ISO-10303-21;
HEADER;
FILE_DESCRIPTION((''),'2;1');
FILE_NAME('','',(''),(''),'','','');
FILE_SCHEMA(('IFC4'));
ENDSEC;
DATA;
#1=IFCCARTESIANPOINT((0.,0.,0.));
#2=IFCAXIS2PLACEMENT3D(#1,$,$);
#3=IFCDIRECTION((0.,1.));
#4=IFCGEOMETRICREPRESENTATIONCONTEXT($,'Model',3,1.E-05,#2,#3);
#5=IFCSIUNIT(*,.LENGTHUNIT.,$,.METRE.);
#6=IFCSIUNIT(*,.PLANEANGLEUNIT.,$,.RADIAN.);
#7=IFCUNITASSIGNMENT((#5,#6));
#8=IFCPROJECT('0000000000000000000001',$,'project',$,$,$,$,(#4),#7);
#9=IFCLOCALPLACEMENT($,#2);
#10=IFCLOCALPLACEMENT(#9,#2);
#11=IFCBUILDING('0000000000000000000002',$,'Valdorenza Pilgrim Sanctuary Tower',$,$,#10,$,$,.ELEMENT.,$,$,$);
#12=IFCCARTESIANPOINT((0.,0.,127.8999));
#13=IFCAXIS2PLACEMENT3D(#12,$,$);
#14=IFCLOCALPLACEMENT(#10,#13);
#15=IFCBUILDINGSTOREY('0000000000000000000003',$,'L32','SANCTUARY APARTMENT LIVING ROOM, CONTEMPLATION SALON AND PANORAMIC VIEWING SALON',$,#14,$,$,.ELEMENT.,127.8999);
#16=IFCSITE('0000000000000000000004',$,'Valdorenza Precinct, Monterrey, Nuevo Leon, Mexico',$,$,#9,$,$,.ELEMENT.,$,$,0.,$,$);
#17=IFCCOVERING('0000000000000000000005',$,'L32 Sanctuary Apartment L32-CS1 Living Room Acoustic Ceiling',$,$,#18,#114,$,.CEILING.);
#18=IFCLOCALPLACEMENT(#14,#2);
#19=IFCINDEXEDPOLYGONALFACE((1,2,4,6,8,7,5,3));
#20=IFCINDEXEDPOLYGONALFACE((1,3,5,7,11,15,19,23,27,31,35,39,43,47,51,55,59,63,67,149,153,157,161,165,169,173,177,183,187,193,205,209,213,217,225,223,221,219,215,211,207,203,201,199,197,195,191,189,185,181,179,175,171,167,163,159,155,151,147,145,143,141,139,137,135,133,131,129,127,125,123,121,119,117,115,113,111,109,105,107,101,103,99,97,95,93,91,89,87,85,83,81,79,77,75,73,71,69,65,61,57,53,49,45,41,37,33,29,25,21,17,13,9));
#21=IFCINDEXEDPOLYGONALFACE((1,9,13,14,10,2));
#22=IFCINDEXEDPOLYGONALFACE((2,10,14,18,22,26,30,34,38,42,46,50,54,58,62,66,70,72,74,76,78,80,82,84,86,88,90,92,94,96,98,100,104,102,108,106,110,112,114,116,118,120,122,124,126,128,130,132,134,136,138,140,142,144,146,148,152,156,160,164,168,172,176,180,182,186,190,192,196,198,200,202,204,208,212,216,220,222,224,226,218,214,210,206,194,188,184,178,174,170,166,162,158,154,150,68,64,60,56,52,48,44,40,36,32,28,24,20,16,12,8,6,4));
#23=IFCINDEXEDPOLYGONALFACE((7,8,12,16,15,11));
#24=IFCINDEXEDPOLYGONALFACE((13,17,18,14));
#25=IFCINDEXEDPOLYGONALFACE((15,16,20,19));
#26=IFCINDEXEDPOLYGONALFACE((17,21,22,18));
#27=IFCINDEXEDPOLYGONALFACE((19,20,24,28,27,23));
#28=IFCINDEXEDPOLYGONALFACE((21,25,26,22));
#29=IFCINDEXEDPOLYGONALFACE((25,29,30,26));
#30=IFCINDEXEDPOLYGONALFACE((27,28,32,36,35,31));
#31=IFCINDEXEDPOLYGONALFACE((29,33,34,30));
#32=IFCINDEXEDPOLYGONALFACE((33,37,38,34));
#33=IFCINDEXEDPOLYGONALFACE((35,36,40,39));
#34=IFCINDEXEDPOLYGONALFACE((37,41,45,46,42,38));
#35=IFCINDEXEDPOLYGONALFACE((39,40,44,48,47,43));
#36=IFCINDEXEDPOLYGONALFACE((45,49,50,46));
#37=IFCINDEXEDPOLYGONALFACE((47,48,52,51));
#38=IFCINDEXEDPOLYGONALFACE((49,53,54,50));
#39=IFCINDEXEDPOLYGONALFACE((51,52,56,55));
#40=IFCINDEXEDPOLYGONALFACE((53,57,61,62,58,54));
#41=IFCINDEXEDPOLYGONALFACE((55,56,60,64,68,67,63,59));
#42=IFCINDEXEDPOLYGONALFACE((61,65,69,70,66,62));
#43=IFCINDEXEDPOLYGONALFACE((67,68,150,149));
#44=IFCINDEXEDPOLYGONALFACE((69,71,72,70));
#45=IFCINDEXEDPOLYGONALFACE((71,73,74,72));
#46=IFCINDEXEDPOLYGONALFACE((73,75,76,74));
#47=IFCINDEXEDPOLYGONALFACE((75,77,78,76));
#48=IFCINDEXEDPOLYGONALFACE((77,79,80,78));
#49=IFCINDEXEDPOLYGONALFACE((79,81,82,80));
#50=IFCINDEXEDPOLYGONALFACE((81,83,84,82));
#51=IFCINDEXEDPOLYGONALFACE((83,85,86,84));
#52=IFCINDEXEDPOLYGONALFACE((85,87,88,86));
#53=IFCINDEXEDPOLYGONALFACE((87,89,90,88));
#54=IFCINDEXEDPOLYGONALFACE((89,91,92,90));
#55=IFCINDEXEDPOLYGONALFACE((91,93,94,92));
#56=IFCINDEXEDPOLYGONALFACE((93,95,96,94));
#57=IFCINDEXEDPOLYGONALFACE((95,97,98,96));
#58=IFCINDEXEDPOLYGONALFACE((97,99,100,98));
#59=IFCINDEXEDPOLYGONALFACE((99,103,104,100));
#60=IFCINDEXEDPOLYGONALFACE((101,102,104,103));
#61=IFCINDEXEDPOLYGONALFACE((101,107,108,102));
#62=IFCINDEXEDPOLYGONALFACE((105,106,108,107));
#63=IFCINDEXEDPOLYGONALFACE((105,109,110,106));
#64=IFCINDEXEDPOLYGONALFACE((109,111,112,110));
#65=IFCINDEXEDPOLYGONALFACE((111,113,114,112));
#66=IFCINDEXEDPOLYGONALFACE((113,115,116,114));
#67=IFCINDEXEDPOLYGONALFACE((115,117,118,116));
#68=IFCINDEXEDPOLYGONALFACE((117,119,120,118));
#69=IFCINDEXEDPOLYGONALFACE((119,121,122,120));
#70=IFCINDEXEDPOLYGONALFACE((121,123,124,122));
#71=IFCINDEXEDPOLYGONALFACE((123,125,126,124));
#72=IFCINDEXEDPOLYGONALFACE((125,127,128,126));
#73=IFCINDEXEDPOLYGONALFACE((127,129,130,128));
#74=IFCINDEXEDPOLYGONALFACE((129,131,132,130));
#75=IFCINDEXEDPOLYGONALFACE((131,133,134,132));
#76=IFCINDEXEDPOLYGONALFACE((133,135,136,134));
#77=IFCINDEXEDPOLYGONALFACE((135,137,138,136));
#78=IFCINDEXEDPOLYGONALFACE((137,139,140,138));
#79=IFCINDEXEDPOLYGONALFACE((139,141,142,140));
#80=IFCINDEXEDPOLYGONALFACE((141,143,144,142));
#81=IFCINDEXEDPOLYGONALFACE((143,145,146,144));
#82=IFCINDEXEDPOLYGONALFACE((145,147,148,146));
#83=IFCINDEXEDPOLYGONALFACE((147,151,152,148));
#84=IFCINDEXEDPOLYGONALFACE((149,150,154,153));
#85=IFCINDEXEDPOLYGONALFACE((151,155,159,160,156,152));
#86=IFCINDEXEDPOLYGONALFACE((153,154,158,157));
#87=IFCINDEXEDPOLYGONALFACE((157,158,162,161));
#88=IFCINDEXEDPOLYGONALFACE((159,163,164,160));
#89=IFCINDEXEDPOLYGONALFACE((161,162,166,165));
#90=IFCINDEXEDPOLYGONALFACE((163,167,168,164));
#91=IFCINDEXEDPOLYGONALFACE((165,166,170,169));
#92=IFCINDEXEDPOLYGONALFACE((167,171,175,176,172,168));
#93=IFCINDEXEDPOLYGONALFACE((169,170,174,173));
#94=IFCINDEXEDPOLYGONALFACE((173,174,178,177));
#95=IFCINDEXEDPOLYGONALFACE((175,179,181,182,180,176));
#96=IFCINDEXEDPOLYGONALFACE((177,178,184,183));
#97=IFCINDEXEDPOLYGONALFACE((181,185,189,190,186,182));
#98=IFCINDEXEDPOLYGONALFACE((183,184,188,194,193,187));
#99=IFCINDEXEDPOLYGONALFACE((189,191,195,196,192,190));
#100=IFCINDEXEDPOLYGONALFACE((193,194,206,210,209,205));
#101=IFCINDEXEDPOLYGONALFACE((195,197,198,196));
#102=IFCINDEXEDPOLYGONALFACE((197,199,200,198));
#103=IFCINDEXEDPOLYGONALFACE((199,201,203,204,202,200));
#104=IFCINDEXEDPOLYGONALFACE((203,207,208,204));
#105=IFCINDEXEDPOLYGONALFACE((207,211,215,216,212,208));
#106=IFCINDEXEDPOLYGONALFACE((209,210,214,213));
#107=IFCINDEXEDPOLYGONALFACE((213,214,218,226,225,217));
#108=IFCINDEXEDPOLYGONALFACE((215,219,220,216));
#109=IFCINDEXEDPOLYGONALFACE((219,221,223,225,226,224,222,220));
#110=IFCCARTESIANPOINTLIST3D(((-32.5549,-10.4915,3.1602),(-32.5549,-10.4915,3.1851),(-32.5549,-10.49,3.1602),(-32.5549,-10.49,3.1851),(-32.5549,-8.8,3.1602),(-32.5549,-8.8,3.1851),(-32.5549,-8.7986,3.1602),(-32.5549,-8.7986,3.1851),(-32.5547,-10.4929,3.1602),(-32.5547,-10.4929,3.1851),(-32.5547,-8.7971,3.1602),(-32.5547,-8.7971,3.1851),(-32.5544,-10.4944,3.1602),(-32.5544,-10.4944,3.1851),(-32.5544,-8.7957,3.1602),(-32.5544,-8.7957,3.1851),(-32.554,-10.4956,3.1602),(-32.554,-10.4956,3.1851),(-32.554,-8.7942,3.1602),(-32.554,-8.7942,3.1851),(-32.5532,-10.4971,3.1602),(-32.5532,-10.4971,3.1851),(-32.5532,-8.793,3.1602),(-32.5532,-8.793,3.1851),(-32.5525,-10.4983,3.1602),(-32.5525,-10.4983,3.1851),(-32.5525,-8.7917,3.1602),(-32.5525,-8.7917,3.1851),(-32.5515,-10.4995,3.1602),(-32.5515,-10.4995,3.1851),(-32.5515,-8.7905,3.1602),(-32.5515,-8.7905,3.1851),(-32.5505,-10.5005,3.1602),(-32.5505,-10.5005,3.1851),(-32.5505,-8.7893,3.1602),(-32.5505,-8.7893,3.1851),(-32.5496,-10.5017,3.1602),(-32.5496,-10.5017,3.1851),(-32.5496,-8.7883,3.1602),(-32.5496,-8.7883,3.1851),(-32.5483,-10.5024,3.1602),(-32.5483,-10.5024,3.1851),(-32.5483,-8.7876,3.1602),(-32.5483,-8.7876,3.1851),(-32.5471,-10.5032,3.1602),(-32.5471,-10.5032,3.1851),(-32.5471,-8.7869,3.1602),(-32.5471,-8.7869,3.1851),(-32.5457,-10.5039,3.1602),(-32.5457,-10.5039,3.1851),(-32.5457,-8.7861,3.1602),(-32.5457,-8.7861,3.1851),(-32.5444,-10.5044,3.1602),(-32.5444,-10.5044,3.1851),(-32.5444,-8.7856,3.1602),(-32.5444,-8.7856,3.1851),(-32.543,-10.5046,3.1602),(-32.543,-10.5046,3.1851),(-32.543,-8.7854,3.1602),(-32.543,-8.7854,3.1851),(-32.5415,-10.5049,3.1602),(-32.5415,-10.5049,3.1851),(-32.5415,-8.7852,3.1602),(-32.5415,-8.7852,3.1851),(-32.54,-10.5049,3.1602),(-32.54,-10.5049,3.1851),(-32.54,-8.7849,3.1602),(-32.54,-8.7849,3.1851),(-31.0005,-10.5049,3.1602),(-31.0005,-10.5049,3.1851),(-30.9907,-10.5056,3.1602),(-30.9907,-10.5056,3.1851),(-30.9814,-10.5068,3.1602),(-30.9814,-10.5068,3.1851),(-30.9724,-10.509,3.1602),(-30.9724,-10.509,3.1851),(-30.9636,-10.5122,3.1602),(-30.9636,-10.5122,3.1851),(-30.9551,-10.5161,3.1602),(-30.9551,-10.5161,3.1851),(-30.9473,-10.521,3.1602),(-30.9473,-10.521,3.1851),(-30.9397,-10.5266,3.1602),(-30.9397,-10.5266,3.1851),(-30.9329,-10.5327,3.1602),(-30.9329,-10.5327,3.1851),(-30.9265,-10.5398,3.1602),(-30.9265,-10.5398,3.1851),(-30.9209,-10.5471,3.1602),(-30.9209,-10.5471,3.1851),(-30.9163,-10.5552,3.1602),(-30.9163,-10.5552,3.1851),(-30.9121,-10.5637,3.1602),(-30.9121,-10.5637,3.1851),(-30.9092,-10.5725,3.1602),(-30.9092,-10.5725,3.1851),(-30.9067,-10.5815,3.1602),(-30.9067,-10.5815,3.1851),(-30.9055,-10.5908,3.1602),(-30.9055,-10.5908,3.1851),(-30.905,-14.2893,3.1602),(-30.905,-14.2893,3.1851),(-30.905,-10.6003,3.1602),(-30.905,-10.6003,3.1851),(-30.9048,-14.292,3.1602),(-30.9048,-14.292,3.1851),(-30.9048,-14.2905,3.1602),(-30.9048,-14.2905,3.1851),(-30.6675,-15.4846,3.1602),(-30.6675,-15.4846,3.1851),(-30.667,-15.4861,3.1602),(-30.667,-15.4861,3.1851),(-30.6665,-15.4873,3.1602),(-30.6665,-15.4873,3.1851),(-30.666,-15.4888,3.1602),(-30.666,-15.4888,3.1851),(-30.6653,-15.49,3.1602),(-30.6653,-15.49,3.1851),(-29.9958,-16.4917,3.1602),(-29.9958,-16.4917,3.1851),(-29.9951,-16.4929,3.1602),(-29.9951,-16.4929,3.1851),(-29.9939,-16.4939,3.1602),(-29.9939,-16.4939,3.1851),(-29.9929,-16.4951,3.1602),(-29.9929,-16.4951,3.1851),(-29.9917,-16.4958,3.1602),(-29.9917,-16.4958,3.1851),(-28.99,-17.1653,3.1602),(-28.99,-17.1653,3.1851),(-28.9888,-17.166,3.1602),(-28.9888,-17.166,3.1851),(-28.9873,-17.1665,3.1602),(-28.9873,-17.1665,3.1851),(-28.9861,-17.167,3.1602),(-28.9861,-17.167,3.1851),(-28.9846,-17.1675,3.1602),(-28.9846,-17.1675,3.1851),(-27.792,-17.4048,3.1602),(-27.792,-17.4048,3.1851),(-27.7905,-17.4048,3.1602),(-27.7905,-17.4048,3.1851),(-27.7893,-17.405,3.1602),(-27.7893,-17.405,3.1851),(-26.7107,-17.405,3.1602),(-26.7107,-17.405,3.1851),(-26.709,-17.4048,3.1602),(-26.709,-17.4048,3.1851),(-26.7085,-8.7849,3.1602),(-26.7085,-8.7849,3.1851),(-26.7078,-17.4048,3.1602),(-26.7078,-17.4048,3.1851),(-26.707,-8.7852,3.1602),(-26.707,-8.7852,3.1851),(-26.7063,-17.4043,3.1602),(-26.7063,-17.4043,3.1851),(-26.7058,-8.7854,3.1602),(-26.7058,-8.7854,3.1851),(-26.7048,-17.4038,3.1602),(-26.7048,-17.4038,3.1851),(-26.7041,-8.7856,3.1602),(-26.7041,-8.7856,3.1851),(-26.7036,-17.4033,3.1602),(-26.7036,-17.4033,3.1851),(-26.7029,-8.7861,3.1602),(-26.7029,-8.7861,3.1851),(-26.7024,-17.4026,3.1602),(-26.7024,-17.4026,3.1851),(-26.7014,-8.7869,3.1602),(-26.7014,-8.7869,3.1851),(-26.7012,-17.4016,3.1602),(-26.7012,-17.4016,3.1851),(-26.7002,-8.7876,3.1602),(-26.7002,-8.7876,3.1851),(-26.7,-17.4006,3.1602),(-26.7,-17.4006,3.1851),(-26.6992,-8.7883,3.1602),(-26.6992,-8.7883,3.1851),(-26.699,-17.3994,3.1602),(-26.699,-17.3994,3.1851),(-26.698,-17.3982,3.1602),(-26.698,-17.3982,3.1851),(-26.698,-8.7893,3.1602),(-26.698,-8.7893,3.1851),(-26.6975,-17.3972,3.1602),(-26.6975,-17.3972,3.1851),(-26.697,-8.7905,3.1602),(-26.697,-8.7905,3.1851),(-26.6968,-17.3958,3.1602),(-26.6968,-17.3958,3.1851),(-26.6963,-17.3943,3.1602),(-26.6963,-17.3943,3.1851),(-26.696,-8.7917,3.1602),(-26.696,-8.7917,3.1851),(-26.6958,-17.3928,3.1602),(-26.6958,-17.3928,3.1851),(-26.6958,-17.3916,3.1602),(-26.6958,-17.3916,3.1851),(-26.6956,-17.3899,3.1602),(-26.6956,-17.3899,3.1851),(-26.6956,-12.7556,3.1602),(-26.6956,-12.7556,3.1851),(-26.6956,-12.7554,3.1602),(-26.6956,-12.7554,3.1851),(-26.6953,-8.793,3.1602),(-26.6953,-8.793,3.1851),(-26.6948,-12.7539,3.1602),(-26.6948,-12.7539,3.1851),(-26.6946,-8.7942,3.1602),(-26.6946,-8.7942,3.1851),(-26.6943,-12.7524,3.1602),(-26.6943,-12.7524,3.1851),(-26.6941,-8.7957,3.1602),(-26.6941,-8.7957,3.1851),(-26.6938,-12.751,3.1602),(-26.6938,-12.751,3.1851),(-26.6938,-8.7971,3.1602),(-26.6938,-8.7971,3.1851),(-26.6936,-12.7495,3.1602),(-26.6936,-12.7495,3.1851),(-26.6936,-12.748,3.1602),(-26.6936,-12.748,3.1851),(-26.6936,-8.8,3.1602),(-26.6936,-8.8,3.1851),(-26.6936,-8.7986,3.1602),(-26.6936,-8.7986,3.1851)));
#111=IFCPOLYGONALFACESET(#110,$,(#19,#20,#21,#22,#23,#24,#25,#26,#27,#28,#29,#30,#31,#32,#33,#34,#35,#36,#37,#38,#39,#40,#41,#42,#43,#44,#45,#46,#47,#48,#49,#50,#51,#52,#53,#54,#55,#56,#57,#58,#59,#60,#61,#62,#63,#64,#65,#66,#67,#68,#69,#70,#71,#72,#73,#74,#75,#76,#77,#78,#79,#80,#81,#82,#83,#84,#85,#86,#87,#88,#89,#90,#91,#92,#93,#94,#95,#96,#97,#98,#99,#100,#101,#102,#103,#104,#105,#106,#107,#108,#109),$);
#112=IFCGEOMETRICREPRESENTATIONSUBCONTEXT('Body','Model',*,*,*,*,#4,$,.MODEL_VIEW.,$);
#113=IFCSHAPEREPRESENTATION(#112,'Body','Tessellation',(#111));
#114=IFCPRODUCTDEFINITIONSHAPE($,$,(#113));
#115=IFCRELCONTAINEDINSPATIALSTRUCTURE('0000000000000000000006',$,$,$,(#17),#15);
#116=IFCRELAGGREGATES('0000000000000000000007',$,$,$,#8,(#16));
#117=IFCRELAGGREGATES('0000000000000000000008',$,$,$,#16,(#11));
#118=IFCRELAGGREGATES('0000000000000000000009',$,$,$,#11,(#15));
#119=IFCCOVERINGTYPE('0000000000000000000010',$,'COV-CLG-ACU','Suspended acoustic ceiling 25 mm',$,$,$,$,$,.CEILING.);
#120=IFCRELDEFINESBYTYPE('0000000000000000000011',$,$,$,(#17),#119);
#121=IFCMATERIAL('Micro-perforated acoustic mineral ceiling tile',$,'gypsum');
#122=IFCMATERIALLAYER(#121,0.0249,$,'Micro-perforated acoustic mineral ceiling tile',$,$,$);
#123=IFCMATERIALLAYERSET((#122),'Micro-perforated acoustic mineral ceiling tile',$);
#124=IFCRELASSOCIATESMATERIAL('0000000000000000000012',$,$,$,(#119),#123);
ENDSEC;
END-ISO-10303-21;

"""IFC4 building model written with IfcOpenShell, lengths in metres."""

from ifc_helpers import new_model, si_unit, direction, frame, origin, place, context, subcontext, project, spatial, polyline, outline, extrude, material, layer, layer_set, type_object, element, save


model = new_model("IFC4")

# Units and contexts
model_context = context("Model", 3, precision=1e-05, world=origin(), true_north=direction((0.0, 1.0)))
body_context = subcontext(model_context, "Body", "Model", "MODEL_VIEW")
ifc_project = project(units=[si_unit("LENGTHUNIT", "METRE"), si_unit("PLANEANGLEUNIT", "RADIAN")], contexts=[model_context])

# Site, building, storey
site_placement = place(None, origin())
site = spatial("IfcSite", under=ifc_project, at=site_placement, Name="Valdorenza Precinct, Monterrey, Nuevo Leon, Mexico", CompositionType="ELEMENT", RefElevation=0.0)
building_placement = place(site_placement, origin())
building = spatial("IfcBuilding", under=site, at=building_placement, Name="Valdorenza Pilgrim Sanctuary Tower", CompositionType="ELEMENT")
storey_placement = place(building_placement, frame((0.0, 0.0, 127.8999)))
storey = spatial("IfcBuildingStorey", under=building, at=storey_placement, Name="L32", Description="SANCTUARY APARTMENT LIVING ROOM, CONTEMPLATION SALON AND PANORAMIC VIEWING SALON", CompositionType="ELEMENT", Elevation=127.8999)

# Covering
ifc_material_1 = material(Name="Micro-perforated acoustic mineral ceiling tile", Category="gypsum")
ifc_layer_1 = layer(ifc_material_1, 0.0249, Name="Micro-perforated acoustic mineral ceiling tile")
ifc_layer_set_1 = layer_set([ifc_layer_1], Name="Micro-perforated acoustic mineral ceiling tile")
covering_type_1 = type_object("IfcCoveringType", Name="COV-CLG-ACU", Description="Suspended acoustic ceiling 25 mm", PredefinedType="CEILING", material=ifc_layer_set_1)
covering_1_placement = place(storey_placement, frame((0.0, 0.0, 3.1602)))
element("IfcCovering", 1, at=covering_1_placement, inside=storey, type_object=covering_type_1, Name="L32 Sanctuary Apartment L32-CS1 Living Room Acoustic Ceiling", PredefinedType="CEILING", context=body_context, shape_type="SweptSolid", body=[
    extrude(outline(polyline([(-28.9846, -17.1675), (-28.9861, -17.167), (-28.9873, -17.1665), (-28.9888, -17.166), (-28.99, -17.1653), (-29.9917, -16.4958), (-29.9929, -16.4951), (-29.9939, -16.4939), (-29.9951, -16.4929), (-29.9958, -16.4917), (-30.6653, -15.49), (-30.666, -15.4888), (-30.6665, -15.4873), (-30.667, -15.4861), (-30.6675, -15.4846), (-30.9048, -14.292), (-30.9048, -14.2905), (-30.905, -14.2893), (-30.905, -10.6003), (-30.9055, -10.5908), (-30.9067, -10.5815), (-30.9092, -10.5725), (-30.9121, -10.5637), (-30.9163, -10.5552), (-30.9209, -10.5471), (-30.9265, -10.5398), (-30.9329, -10.5327), (-30.9397, -10.5266), (-30.9473, -10.521), (-30.9551, -10.5161), (-30.9636, -10.5122), (-30.9724, -10.509), (-30.9814, -10.5068), (-30.9907, -10.5056), (-31.0005, -10.5049), (-32.54, -10.5049), (-32.5415, -10.5049), (-32.543, -10.5046), (-32.5444, -10.5044), (-32.5457, -10.5039), (-32.5471, -10.5032), (-32.5483, -10.5024), (-32.5496, -10.5017), (-32.5505, -10.5005), (-32.5515, -10.4995), (-32.5525, -10.4983), (-32.5532, -10.4971), (-32.554, -10.4956), (-32.5544, -10.4944), (-32.5547, -10.4929), (-32.5549, -10.4915), (-32.5549, -10.49), (-32.5549, -8.8), (-32.5549, -8.7986), (-32.5547, -8.7971), (-32.5544, -8.7957), (-32.554, -8.7942), (-32.5532, -8.793), (-32.5525, -8.7917), (-32.5515, -8.7905), (-32.5505, -8.7893), (-32.5496, -8.7883), (-32.5483, -8.7876), (-32.5471, -8.7869), (-32.5457, -8.7861), (-32.5444, -8.7856), (-32.543, -8.7854), (-32.5415, -8.7852), (-32.54, -8.7849), (-26.7085, -8.7849), (-26.707, -8.7852), (-26.7058, -8.7854), (-26.7041, -8.7856), (-26.7029, -8.7861), (-26.7014, -8.7869), (-26.7002, -8.7876), (-26.6992, -8.7883), (-26.698, -8.7893), (-26.697, -8.7905), (-26.696, -8.7917), (-26.6953, -8.793), (-26.6946, -8.7942), (-26.6941, -8.7957), (-26.6938, -8.7971), (-26.6936, -8.7986), (-26.6936, -8.8), (-26.6936, -12.748), (-26.6936, -12.7495), (-26.6938, -12.751), (-26.6943, -12.7524), (-26.6948, -12.7539), (-26.6956, -12.7554), (-26.6956, -12.7556), (-26.6956, -17.3899), (-26.6958, -17.3916), (-26.6958, -17.3928), (-26.6963, -17.3943), (-26.6968, -17.3958), (-26.6975, -17.3972), (-26.698, -17.3982), (-26.699, -17.3994), (-26.7, -17.4006), (-26.7012, -17.4016), (-26.7024, -17.4026), (-26.7036, -17.4033), (-26.7048, -17.4038), (-26.7063, -17.4043), (-26.7078, -17.4048), (-26.709, -17.4048), (-26.7107, -17.405), (-27.7893, -17.405), (-27.7905, -17.4048), (-27.792, -17.4048), (-28.9846, -17.1675)])), origin(), (0.0, 0.0, 1.0), 0.0249),
])

save(model, "model.ifc")
